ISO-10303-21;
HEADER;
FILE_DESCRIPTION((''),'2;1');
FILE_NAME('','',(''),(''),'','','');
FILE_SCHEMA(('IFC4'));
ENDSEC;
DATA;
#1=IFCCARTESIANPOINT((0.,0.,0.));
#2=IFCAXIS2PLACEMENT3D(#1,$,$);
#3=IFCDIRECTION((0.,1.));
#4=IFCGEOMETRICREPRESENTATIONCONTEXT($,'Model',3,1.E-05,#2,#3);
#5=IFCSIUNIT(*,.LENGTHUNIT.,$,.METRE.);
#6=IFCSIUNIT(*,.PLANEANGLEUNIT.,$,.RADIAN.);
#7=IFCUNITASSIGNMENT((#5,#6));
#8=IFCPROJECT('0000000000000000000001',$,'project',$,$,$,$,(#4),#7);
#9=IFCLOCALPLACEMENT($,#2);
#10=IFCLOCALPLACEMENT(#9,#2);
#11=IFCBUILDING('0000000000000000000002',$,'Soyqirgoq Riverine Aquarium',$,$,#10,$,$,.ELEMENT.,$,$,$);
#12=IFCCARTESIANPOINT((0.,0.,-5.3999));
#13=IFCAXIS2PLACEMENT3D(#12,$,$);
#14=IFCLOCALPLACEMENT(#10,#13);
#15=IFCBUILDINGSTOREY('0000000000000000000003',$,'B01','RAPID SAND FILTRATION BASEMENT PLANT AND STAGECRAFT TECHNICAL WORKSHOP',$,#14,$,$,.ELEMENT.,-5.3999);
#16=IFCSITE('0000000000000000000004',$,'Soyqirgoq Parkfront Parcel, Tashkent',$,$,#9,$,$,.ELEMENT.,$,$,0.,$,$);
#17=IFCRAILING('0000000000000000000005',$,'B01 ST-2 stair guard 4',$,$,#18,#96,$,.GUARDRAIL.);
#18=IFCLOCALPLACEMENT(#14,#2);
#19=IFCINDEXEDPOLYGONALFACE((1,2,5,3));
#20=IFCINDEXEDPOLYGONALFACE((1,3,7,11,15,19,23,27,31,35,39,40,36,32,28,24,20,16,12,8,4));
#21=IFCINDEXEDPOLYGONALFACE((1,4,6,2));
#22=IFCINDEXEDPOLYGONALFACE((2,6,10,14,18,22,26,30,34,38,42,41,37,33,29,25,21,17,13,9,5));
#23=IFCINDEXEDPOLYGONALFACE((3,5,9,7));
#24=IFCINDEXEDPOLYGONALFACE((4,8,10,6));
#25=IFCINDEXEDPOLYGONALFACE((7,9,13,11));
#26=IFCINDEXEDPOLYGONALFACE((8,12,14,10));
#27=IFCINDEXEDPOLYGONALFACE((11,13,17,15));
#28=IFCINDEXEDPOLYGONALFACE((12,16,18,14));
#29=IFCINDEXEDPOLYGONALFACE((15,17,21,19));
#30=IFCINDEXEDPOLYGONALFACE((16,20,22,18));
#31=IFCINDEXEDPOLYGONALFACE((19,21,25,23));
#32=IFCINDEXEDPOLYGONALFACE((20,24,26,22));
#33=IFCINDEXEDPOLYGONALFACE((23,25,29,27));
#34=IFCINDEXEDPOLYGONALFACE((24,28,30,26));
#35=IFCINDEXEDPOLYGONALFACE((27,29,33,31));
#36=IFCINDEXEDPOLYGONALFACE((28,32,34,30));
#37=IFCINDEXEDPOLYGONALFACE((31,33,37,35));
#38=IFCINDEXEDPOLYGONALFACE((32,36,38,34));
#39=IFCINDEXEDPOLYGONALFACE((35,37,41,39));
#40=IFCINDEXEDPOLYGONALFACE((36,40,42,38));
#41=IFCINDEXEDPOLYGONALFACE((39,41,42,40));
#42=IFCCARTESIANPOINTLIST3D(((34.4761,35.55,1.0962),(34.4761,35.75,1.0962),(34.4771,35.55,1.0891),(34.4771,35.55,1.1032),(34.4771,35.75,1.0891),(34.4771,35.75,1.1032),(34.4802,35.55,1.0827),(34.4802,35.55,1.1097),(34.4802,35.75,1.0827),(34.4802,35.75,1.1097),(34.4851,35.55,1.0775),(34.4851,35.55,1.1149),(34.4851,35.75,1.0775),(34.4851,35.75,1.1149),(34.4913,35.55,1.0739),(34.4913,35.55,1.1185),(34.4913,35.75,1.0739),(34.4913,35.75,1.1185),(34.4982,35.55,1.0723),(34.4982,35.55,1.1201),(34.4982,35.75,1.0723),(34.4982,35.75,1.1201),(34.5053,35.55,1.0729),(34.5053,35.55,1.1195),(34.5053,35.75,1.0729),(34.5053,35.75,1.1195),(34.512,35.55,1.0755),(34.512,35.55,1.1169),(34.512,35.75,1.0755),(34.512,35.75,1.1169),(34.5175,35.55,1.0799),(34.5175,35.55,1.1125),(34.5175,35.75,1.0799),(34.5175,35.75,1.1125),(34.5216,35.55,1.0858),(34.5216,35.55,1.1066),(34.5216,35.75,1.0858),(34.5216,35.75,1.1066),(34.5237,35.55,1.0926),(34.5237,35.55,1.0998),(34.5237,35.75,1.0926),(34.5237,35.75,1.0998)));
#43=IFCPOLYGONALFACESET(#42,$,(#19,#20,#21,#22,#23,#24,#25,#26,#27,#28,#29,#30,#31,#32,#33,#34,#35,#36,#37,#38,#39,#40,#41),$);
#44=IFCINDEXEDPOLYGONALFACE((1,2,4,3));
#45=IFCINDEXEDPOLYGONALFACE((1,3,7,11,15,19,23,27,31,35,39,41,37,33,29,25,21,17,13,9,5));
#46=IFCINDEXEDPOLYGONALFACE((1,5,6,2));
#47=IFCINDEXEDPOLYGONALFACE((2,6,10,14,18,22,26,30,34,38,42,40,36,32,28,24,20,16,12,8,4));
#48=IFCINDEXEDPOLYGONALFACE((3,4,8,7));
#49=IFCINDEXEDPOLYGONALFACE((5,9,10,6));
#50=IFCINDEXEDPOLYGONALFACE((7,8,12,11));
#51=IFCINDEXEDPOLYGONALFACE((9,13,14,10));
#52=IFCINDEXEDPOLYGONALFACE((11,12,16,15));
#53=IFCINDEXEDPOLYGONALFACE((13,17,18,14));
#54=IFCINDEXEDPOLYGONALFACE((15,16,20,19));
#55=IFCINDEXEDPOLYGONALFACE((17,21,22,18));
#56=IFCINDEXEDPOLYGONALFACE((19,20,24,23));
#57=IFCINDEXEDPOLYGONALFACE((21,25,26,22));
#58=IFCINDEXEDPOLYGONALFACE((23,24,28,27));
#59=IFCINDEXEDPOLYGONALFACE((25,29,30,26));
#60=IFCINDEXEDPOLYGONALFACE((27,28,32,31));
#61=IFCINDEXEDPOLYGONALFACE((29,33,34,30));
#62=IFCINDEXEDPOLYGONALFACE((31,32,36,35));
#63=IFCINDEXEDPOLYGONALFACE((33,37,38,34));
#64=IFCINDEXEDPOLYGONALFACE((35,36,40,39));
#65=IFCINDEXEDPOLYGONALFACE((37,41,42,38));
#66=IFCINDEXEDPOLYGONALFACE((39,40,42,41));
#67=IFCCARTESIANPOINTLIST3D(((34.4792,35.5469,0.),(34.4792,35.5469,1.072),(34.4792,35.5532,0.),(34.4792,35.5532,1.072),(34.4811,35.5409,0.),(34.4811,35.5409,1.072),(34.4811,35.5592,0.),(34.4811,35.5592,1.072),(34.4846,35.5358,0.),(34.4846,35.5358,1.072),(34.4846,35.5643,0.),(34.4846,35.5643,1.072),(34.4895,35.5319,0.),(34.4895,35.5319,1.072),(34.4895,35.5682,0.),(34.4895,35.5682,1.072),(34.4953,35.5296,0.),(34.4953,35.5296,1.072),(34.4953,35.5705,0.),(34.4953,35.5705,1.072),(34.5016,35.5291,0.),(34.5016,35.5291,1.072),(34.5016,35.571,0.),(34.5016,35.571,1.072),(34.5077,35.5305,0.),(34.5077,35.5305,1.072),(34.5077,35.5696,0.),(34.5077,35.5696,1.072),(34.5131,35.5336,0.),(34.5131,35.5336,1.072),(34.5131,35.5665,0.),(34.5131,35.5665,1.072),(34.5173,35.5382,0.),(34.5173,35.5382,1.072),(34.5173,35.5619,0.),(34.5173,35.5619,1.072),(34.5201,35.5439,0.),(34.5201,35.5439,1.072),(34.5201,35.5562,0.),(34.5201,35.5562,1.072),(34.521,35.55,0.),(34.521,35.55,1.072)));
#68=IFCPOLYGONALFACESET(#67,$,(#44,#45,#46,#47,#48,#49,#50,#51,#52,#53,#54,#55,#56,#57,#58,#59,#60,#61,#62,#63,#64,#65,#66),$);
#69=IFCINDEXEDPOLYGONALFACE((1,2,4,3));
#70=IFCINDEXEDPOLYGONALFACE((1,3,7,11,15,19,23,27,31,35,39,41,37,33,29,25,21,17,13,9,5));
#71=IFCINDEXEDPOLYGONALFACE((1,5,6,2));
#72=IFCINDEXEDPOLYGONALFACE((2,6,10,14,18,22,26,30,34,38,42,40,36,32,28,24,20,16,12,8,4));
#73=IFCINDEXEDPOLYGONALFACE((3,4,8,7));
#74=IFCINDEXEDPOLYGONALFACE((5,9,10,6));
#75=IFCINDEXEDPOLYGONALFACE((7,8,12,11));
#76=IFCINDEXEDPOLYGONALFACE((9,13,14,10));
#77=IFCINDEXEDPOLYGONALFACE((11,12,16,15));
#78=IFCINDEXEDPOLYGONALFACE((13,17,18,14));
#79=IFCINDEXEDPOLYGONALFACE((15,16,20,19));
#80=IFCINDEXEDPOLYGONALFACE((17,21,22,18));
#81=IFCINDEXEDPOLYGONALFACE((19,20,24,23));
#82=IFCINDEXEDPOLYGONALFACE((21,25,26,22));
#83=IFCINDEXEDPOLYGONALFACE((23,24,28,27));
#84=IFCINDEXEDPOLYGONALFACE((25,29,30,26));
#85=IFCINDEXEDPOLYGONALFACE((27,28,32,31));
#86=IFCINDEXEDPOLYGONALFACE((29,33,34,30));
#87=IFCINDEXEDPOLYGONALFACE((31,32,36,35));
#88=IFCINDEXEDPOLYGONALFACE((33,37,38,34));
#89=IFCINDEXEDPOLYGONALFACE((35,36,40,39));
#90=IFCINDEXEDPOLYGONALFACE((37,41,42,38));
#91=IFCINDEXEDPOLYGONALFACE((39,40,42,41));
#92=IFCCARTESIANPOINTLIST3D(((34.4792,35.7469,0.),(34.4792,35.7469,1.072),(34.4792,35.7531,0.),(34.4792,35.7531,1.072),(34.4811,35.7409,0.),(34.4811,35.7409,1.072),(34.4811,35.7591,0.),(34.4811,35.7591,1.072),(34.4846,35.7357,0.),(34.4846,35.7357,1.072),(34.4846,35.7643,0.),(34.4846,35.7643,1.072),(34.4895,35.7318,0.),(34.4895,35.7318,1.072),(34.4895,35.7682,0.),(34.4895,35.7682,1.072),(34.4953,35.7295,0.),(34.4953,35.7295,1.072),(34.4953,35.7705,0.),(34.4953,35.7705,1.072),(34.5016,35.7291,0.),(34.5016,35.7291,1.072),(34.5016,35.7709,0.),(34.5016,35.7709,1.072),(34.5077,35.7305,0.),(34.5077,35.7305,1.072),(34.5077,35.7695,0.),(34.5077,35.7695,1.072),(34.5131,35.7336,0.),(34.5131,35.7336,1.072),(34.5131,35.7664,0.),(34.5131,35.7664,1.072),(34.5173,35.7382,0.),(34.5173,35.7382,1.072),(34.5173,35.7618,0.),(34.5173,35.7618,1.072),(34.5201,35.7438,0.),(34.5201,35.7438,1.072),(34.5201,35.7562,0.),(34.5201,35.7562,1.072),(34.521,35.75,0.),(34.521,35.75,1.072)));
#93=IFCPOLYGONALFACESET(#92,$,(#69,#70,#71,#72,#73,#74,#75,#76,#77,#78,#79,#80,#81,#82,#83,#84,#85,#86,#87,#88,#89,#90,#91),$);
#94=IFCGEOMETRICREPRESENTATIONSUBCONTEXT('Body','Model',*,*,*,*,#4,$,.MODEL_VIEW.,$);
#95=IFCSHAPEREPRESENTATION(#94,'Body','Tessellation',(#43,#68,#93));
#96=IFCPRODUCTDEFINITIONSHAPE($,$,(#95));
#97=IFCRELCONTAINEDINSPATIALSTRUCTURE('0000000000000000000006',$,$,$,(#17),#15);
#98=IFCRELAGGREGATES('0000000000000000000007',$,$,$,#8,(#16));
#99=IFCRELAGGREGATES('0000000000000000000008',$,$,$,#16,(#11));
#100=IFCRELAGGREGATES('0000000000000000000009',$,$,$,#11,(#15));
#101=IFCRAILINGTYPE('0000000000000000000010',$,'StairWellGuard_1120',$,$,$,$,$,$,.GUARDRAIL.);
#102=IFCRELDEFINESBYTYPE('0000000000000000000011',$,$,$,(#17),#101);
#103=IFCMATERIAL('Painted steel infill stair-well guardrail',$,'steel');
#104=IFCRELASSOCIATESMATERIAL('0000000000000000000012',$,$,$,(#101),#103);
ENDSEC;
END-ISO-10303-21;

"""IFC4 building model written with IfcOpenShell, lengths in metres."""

from ifc_helpers import new_model, si_unit, direction, frame, origin, origin_2d, place, context, subcontext, project, spatial, circle, extrude, material, type_object, element, save


model = new_model("IFC4")

# Units and contexts
model_context = context("Model", 3, precision=1e-05, world=origin(), true_north=direction((0.0, 1.0)))
body_context = subcontext(model_context, "Body", "Model", "MODEL_VIEW")
ifc_project = project(units=[si_unit("LENGTHUNIT", "METRE"), si_unit("PLANEANGLEUNIT", "RADIAN")], contexts=[model_context])

# Site, building, storey
site_placement = place(None, origin())
site = spatial("IfcSite", under=ifc_project, at=site_placement, Name="Soyqirgoq Parkfront Parcel, Tashkent", CompositionType="ELEMENT", RefElevation=0.0)
building_placement = place(site_placement, origin())
building = spatial("IfcBuilding", under=site, at=building_placement, Name="Soyqirgoq Riverine Aquarium", CompositionType="ELEMENT")
storey_placement = place(building_placement, frame((0.0, 0.0, -5.3999)))
storey = spatial("IfcBuildingStorey", under=building, at=storey_placement, Name="B01", Description="RAPID SAND FILTRATION BASEMENT PLANT AND STAGECRAFT TECHNICAL WORKSHOP", CompositionType="ELEMENT", Elevation=-5.3999)

# Railing
ifc_material_1 = material(Name="Painted steel infill stair-well guardrail", Category="steel")
railing_type_1 = type_object("IfcRailingType", Name="StairWellGuard_1120", PredefinedType="GUARDRAIL", material=ifc_material_1)
railing_1_placement = place(storey_placement, frame((34.5, 35.55, 0.0)))
element("IfcRailing", 1, at=railing_1_placement, inside=storey, type_object=railing_type_1, Name="B01 ST-2 stair guard 4", PredefinedType="GUARDRAIL", context=body_context, shape_type="SweptSolid", body=[
    extrude(circle(Radius=0.0239, at=origin_2d()), frame((0.0, 0.0, 1.0962), z_axis=(0.0, 1.0, 0.0), x_axis=(-1.0, 0.0, 0.0)), (0.0, 0.0, 1.0), 0.2),
    extrude(circle(Radius=0.021, at=origin_2d()), origin(), (0.0, 0.0, 1.0), 1.072),
    extrude(circle(Radius=0.021, at=origin_2d()), frame((0.0, 0.2, 0.0)), (0.0, 0.0, 1.0), 1.072),
])

save(model, "model.ifc")
